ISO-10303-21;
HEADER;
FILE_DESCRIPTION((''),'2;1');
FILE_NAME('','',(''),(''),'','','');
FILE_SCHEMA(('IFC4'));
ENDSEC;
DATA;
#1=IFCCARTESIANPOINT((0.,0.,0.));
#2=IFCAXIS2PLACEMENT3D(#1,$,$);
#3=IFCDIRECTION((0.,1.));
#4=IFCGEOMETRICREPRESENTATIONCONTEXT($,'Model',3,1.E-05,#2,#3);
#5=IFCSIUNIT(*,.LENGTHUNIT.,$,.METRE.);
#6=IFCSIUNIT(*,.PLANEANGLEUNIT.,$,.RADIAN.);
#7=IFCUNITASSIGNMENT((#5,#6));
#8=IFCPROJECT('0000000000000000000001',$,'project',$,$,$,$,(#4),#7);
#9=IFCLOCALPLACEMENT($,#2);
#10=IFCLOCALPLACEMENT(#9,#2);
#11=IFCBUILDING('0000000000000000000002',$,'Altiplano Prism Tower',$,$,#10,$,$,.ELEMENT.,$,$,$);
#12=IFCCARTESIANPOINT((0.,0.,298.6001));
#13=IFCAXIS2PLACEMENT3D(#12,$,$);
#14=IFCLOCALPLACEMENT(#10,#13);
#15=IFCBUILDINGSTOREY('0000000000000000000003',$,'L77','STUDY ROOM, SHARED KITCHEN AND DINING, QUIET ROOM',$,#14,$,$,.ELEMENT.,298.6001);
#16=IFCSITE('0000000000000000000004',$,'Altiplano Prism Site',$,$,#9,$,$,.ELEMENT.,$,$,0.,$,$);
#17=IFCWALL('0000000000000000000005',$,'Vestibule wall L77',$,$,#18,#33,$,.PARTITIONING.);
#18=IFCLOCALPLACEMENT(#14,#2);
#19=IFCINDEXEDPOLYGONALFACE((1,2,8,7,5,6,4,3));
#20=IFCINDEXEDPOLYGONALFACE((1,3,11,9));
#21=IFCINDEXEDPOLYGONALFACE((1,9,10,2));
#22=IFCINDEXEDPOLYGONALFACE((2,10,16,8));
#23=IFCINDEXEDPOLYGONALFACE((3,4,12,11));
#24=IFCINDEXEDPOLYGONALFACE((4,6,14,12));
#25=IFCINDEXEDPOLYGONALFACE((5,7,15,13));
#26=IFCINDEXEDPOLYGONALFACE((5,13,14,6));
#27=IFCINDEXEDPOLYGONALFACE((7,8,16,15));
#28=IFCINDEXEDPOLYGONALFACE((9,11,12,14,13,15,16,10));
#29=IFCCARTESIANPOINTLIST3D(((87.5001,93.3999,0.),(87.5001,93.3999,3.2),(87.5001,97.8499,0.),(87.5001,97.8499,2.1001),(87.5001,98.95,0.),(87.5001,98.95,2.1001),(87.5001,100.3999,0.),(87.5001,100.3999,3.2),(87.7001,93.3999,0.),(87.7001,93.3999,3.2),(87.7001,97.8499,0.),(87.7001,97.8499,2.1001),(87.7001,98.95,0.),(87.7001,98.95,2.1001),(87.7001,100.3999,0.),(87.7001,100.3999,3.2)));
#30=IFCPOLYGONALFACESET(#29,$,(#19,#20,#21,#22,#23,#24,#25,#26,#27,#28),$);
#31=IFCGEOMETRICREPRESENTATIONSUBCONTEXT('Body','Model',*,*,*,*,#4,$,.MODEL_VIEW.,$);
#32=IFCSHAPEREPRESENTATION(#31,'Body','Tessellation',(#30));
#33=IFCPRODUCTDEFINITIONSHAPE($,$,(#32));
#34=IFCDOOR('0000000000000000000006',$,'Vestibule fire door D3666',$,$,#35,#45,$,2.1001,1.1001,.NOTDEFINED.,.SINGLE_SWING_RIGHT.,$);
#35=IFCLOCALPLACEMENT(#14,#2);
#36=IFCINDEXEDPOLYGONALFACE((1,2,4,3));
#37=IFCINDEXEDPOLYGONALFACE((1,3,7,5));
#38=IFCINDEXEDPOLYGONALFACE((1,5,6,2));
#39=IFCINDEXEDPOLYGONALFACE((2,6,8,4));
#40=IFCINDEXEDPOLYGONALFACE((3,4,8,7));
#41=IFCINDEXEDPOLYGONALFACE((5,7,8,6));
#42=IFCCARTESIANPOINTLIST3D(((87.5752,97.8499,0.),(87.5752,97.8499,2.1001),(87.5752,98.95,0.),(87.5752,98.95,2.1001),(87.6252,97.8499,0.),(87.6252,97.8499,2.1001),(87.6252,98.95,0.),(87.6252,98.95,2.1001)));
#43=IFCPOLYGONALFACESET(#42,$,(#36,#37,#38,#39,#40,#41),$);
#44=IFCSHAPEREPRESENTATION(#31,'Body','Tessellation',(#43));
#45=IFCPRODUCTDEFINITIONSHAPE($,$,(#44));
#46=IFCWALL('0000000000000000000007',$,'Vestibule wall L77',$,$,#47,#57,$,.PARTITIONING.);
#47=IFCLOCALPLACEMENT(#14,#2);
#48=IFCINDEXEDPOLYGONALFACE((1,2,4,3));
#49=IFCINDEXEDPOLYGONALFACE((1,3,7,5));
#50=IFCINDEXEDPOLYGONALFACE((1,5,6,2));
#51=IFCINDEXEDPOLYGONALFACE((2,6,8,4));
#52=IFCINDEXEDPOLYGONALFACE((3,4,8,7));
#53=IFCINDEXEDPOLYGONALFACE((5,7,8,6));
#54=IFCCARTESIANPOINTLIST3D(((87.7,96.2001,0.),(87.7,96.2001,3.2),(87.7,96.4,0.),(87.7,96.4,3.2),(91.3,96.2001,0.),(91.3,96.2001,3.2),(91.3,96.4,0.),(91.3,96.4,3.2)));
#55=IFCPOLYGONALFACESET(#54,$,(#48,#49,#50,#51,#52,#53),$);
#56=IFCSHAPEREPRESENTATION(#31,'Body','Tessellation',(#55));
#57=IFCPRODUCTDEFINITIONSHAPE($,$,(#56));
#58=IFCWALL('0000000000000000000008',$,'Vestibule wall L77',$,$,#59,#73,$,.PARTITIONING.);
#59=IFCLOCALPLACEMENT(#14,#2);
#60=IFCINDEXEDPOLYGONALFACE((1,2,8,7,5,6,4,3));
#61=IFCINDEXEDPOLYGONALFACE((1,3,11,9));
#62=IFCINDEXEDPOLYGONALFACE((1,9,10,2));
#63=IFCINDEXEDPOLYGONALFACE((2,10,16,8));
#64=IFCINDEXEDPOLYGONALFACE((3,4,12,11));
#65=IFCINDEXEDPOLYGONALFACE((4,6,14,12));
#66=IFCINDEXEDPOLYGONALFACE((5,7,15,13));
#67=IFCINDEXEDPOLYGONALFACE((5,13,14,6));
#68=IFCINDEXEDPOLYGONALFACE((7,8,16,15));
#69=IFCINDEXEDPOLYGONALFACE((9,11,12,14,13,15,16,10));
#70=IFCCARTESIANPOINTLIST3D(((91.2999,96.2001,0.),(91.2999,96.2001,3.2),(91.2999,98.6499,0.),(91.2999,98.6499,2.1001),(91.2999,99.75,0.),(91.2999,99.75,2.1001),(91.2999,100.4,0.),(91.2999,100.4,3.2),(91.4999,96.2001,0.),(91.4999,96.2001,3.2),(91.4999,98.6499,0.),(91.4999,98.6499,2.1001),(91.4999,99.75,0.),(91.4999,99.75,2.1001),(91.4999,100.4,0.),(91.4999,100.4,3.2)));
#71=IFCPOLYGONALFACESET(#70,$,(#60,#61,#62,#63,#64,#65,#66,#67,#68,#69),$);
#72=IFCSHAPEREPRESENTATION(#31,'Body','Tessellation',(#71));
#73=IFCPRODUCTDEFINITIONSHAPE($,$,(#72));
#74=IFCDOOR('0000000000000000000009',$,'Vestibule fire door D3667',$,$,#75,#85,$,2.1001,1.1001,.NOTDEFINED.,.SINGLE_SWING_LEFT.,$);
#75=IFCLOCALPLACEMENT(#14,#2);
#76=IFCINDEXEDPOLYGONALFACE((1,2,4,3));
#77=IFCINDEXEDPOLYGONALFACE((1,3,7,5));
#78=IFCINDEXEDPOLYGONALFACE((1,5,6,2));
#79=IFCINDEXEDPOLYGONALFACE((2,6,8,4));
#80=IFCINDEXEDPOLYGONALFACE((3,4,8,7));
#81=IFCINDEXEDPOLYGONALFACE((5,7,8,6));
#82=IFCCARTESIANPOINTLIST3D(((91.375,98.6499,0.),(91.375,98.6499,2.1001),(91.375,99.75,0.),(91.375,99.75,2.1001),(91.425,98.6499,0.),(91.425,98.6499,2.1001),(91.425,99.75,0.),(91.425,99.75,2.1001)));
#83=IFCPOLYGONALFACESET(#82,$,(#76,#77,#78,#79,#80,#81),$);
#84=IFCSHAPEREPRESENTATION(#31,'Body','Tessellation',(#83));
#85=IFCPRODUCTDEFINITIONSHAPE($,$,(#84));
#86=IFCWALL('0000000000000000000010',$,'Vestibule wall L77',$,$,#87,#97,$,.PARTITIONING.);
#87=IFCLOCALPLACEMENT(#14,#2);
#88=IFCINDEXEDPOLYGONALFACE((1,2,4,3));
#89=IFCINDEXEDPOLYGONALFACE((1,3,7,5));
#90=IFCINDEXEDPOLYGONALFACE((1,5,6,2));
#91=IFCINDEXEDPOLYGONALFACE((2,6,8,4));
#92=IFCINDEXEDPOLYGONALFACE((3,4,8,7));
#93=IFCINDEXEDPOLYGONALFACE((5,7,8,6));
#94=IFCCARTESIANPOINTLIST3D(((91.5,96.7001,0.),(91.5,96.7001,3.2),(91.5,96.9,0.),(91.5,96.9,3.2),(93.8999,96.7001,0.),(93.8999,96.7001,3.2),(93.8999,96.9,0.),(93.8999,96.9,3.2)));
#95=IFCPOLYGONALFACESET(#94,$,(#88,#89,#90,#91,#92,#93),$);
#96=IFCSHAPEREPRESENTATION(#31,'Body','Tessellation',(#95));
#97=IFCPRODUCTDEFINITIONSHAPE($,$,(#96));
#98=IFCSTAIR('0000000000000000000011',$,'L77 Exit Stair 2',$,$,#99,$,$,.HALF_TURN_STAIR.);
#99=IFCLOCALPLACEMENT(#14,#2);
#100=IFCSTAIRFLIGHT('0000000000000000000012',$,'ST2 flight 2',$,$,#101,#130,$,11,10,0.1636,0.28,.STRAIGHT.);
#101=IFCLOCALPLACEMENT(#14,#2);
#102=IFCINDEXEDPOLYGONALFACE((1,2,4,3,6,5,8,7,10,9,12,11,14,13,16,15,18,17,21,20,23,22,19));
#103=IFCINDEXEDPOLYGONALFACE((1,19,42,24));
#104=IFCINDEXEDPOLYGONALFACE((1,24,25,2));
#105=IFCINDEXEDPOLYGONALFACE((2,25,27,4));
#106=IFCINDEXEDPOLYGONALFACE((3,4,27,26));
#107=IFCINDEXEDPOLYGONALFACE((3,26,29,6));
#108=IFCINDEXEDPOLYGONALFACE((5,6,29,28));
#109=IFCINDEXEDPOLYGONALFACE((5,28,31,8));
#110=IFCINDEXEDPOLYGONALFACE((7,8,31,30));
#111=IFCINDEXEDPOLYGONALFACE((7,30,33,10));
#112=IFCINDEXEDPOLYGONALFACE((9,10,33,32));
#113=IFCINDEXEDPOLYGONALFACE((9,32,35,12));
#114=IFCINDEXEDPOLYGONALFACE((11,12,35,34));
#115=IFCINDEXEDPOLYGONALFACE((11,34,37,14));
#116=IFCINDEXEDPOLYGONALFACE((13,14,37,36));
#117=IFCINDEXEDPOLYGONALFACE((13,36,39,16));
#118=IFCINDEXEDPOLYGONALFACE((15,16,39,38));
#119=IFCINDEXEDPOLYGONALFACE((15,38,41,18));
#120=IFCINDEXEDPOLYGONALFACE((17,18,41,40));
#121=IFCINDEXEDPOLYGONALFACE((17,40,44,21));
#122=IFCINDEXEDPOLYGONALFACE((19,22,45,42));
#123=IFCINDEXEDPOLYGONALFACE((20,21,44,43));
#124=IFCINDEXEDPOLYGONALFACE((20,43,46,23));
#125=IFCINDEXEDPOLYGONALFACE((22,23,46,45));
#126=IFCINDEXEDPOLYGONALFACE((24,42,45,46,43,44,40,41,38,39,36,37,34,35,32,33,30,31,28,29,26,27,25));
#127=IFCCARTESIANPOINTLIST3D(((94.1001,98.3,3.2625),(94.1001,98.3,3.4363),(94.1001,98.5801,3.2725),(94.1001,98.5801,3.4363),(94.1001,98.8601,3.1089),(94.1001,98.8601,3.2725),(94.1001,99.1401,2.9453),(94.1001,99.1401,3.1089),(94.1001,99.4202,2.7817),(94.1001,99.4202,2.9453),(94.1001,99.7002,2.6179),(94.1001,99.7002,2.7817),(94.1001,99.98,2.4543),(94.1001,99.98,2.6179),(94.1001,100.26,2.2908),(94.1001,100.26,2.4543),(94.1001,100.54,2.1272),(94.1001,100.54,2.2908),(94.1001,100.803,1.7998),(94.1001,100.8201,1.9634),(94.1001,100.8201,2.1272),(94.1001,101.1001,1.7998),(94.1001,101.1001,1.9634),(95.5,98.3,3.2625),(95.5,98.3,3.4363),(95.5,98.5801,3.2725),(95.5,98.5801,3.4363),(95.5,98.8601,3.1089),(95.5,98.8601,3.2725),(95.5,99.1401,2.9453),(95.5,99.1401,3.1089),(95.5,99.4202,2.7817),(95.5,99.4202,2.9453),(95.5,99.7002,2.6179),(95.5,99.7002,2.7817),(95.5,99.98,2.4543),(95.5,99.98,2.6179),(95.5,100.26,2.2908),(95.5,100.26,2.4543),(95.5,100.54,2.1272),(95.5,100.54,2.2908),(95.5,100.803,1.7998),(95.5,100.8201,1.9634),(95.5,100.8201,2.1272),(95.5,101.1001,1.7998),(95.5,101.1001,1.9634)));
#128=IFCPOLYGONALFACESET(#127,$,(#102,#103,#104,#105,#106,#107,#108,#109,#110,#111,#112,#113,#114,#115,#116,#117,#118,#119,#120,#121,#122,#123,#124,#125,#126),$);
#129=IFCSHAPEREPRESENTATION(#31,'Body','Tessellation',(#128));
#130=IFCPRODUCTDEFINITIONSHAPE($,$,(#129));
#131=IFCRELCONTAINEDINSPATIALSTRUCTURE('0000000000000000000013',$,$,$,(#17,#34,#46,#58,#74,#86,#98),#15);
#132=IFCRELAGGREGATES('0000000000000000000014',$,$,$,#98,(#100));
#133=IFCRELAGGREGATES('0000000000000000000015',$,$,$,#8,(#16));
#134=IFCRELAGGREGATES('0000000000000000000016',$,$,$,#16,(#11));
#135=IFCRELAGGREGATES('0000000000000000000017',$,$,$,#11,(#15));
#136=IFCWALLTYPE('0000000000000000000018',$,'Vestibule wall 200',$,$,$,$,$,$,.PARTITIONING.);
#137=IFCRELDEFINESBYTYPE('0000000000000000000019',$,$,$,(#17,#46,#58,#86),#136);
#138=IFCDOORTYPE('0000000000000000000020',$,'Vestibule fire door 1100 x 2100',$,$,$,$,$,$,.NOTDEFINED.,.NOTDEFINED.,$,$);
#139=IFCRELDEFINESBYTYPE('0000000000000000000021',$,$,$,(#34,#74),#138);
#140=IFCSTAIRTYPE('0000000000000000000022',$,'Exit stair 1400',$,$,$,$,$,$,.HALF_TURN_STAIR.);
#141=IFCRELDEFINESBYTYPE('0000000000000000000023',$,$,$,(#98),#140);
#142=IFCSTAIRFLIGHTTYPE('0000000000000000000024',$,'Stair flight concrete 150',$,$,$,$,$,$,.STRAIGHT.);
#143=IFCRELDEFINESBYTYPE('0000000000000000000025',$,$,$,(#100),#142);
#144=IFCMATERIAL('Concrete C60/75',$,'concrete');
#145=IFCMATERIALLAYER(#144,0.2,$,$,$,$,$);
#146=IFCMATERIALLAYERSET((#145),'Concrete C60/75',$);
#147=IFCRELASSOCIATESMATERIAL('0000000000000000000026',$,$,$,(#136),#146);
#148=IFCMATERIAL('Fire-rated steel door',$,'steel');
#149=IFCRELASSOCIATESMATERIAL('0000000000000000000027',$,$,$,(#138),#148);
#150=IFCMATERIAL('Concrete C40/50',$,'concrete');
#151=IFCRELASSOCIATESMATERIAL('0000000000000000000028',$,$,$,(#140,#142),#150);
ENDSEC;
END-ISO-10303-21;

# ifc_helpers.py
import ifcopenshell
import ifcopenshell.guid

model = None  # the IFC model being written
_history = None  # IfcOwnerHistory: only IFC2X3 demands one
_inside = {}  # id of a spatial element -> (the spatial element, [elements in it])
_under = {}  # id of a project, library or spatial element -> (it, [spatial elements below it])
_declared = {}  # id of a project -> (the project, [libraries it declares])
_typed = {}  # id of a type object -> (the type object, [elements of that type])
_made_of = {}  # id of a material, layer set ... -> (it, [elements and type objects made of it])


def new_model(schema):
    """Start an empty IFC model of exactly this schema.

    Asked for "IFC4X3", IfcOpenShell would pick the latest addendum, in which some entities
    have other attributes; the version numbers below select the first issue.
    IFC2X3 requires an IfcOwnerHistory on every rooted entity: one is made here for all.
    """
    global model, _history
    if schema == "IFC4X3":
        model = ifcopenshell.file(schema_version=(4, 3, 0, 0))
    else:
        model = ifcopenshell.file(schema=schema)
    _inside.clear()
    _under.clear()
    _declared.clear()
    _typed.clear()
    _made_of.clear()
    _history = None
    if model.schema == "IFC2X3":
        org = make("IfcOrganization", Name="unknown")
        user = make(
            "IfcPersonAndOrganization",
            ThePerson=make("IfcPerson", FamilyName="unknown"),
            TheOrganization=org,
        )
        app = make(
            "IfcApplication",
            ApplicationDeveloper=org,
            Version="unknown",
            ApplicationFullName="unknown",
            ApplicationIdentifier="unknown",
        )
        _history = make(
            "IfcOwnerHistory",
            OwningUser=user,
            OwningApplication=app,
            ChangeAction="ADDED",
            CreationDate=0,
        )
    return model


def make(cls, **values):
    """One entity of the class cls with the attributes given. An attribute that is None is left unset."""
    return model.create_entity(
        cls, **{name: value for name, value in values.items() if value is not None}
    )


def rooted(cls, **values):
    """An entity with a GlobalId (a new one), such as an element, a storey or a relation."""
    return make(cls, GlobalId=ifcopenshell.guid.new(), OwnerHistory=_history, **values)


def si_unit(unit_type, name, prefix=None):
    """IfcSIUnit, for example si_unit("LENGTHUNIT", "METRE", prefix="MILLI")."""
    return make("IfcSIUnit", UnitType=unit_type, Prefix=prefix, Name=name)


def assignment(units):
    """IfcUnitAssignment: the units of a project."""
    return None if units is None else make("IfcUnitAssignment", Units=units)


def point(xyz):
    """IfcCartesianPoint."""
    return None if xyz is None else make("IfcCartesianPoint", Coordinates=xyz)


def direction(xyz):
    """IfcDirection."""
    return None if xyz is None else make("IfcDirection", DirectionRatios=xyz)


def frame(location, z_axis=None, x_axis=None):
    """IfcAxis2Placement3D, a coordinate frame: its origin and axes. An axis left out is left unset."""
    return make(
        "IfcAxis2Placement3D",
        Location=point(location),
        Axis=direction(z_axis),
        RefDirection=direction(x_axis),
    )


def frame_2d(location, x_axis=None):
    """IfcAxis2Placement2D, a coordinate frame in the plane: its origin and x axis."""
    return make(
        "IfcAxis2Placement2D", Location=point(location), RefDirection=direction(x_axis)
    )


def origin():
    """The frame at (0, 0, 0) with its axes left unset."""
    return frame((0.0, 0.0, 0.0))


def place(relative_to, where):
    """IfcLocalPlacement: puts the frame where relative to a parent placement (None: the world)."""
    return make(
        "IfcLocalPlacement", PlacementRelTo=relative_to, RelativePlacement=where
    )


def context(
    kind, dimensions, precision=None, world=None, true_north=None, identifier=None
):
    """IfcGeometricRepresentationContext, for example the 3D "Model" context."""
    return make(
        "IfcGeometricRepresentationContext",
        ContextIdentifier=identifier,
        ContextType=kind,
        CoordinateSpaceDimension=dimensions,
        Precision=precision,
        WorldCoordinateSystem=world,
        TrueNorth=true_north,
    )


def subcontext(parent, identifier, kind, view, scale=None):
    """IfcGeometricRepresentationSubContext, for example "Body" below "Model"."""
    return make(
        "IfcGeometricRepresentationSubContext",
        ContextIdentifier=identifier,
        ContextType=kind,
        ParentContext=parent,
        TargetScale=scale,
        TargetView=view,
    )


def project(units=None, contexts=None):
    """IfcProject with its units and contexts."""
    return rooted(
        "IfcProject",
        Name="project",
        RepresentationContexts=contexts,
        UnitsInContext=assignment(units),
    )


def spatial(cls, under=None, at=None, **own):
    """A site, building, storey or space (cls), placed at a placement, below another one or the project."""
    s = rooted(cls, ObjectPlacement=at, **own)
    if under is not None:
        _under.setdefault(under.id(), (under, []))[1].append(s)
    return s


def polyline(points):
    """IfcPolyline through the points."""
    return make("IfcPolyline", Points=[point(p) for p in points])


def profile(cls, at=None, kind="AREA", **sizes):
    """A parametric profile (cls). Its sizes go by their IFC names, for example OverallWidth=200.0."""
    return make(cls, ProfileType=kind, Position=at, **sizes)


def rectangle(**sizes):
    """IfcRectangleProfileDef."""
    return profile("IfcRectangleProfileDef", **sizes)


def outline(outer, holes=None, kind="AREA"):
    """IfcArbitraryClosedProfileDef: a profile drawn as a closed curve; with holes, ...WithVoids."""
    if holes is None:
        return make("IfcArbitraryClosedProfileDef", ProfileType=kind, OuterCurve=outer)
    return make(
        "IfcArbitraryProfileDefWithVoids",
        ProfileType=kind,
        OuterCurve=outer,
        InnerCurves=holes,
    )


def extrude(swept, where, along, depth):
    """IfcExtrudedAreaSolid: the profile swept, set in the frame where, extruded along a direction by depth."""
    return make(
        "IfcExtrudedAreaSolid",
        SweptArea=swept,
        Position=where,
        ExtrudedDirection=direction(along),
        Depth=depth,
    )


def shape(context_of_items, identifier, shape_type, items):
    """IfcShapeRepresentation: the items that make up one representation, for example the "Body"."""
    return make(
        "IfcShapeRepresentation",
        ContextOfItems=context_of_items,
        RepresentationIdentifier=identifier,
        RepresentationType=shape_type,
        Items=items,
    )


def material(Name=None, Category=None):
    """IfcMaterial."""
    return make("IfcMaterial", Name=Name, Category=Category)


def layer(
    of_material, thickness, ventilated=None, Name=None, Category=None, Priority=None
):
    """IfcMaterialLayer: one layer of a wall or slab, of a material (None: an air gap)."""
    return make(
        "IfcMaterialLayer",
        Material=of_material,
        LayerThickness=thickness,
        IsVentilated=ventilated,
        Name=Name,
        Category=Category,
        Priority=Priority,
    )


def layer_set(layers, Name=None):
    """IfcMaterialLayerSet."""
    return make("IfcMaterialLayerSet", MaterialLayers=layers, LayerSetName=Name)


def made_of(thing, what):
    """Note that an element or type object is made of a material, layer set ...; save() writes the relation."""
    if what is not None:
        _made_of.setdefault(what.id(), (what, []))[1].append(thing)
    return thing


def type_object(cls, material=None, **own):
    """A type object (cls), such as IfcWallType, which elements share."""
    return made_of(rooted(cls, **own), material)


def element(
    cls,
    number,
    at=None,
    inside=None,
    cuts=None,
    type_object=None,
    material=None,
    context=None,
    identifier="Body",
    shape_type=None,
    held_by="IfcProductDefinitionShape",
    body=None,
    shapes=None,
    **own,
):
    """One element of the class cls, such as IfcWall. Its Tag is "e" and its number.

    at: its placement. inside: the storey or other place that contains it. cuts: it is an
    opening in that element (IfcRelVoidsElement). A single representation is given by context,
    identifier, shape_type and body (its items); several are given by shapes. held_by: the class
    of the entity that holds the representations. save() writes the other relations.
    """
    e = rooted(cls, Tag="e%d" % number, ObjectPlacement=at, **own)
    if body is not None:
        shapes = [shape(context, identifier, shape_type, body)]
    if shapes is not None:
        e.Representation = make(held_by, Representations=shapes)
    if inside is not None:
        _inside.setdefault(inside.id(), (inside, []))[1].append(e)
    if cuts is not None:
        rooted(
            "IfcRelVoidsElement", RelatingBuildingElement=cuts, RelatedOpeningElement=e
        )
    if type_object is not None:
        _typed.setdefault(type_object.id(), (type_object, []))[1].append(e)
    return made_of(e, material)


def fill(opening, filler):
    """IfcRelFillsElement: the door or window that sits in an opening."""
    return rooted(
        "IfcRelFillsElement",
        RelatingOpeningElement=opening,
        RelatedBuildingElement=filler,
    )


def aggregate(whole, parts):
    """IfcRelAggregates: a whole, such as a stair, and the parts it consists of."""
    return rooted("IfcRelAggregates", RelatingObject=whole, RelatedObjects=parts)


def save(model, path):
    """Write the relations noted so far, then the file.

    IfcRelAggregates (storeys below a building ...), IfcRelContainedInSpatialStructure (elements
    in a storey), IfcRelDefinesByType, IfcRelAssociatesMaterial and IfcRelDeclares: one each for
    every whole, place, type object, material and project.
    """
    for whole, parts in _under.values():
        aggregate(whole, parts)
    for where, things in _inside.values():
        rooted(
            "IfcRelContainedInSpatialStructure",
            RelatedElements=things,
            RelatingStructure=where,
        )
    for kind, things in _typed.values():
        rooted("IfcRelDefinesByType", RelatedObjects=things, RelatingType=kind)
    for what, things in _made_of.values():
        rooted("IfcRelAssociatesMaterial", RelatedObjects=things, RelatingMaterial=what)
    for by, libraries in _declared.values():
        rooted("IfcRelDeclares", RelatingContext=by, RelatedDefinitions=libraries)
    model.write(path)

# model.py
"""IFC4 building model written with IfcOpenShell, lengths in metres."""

from ifc_helpers import new_model, si_unit, direction, frame, frame_2d, origin, place, context, subcontext, project, spatial, polyline, rectangle, outline, extrude, material, layer, layer_set, type_object, element, fill, aggregate, save


model = new_model("IFC4")

# Units and contexts
model_context = context("Model", 3, precision=1e-05, world=origin(), true_north=direction((0.0, 1.0)))
body_context = subcontext(model_context, "Body", "Model", "MODEL_VIEW")
ifc_project = project(units=[si_unit("LENGTHUNIT", "METRE"), si_unit("PLANEANGLEUNIT", "RADIAN")], contexts=[model_context])

# Site, building, storey
site_placement = place(None, origin())
site = spatial("IfcSite", under=ifc_project, at=site_placement, Name="Altiplano Prism Site", CompositionType="ELEMENT", RefElevation=0.0)
building_placement = place(site_placement, origin())
building = spatial("IfcBuilding", under=site, at=building_placement, Name="Altiplano Prism Tower", CompositionType="ELEMENT")
storey_placement = place(building_placement, frame((0.0, 0.0, 298.6001)))
storey = spatial("IfcBuildingStorey", under=building, at=storey_placement, Name="L77", Description="STUDY ROOM, SHARED KITCHEN AND DINING, QUIET ROOM", CompositionType="ELEMENT", Elevation=298.6001)

# Shared definitions
ifc_material_1 = material(Name="Concrete C60/75", Category="concrete")

# Shared definitions
ifc_material_2 = material(Name="Fire-rated steel door", Category="steel")

# Shared definitions
ifc_layer_1 = layer(ifc_material_1, 0.2)
ifc_layer_set_1 = layer_set([ifc_layer_1], Name="Concrete C60/75")
wall_type_1 = type_object("IfcWallType", Name="Vestibule wall 200", PredefinedType="PARTITIONING", material=ifc_layer_set_1)

# Wall, opening, door
wall_1_placement = place(storey_placement, frame((87.6001, 93.3999, 0.0), z_axis=(0.0, 0.0, 1.0), x_axis=(0.0, 1.0, 0.0)))
wall_1 = element("IfcWall", 1, at=wall_1_placement, inside=storey, type_object=wall_type_1, Name="Vestibule wall L77", PredefinedType="PARTITIONING", context=body_context, shape_type="SweptSolid", body=[
    extrude(rectangle(XDim=7.0, YDim=0.2, at=frame_2d((3.5, 0.0))), origin(), (0.0, 0.0, 1.0), 3.2),
])
opening_1_placement = place(wall_1_placement, frame((4.45, 0.0, 0.0)))
opening_1 = element("IfcOpeningElement", 2, at=opening_1_placement, cuts=wall_1, PredefinedType="OPENING", context=body_context, shape_type="SweptSolid", body=[
    extrude(rectangle(XDim=1.1001, YDim=2.1001, at=frame_2d((0.55, 1.05))), frame((0.0, 0.1104, 0.0), z_axis=(0.0, -1.0, 0.0), x_axis=(1.0, 0.0, 0.0)), (0.0, 0.0, 1.0), 0.2209),
])
door_type_1 = type_object("IfcDoorType", Name="Vestibule fire door 1100 x 2100", OperationType="NOTDEFINED", PredefinedType="NOTDEFINED", material=ifc_material_2)
door_1_placement = place(opening_1_placement, origin())
door_1 = element("IfcDoor", 3, at=door_1_placement, inside=storey, type_object=door_type_1, Name="Vestibule fire door D3666", OperationType="SINGLE_SWING_RIGHT", OverallHeight=2.1001, OverallWidth=1.1001, PredefinedType="NOTDEFINED", context=body_context, shape_type="SweptSolid", body=[
    extrude(rectangle(XDim=1.1001, YDim=2.1001, at=frame_2d((0.55, 1.05))), frame((0.0, 0.0249, 0.0), z_axis=(0.0, -1.0, 0.0), x_axis=(1.0, 0.0, 0.0)), (0.0, 0.0, 1.0), 0.05),
])
fill(opening_1, door_1)

# Wall
wall_2_placement = place(storey_placement, frame((87.7, 96.3, 0.0), z_axis=(0.0, 0.0, 1.0), x_axis=(1.0, 0.0, 0.0)))
element("IfcWall", 4, at=wall_2_placement, inside=storey, type_object=wall_type_1, Name="Vestibule wall L77", PredefinedType="PARTITIONING", context=body_context, shape_type="SweptSolid", body=[
    extrude(rectangle(XDim=3.6001, YDim=0.2, at=frame_2d((1.8, 0.0))), origin(), (0.0, 0.0, 1.0), 3.2),
])

# Wall, opening, door
wall_3_placement = place(storey_placement, frame((91.3999, 96.2, 0.0), z_axis=(0.0, 0.0, 1.0), x_axis=(0.0, 1.0, 0.0)))
wall_3 = element("IfcWall", 5, at=wall_3_placement, inside=storey, type_object=wall_type_1, Name="Vestibule wall L77", PredefinedType="PARTITIONING", context=body_context, shape_type="SweptSolid", body=[
    extrude(rectangle(XDim=4.2, YDim=0.2, at=frame_2d((2.1001, 0.0))), origin(), (0.0, 0.0, 1.0), 3.2),
])
opening_2_placement = place(wall_3_placement, frame((2.45, 0.0, 0.0)))
opening_2 = element("IfcOpeningElement", 6, at=opening_2_placement, cuts=wall_3, PredefinedType="OPENING", context=body_context, shape_type="SweptSolid", body=[
    extrude(rectangle(XDim=1.1001, YDim=2.1001, at=frame_2d((0.55, 1.05))), frame((0.0, 0.1104, 0.0), z_axis=(0.0, -1.0, 0.0), x_axis=(1.0, 0.0, 0.0)), (0.0, 0.0, 1.0), 0.2209),
])
door_2_placement = place(opening_2_placement, origin())
door_2 = element("IfcDoor", 7, at=door_2_placement, inside=storey, type_object=door_type_1, Name="Vestibule fire door D3667", OperationType="SINGLE_SWING_LEFT", OverallHeight=2.1001, OverallWidth=1.1001, PredefinedType="NOTDEFINED", context=body_context, shape_type="SweptSolid", body=[
    extrude(rectangle(XDim=1.1001, YDim=2.1001, at=frame_2d((0.55, 1.05))), frame((0.0, 0.0249, 0.0), z_axis=(0.0, -1.0, 0.0), x_axis=(1.0, 0.0, 0.0)), (0.0, 0.0, 1.0), 0.05),
])
fill(opening_2, door_2)

# Wall
wall_4_placement = place(storey_placement, frame((91.5, 96.8, 0.0), z_axis=(0.0, 0.0, 1.0), x_axis=(1.0, 0.0, 0.0)))
element("IfcWall", 8, at=wall_4_placement, inside=storey, type_object=wall_type_1, Name="Vestibule wall L77", PredefinedType="PARTITIONING", context=body_context, shape_type="SweptSolid", body=[
    extrude(rectangle(XDim=2.3999, YDim=0.2, at=frame_2d((1.2, 0.0))), origin(), (0.0, 0.0, 1.0), 3.2),
])

# Stair, stair flight
ifc_material_3 = material(Name="Concrete C40/50", Category="concrete")
stair_type = type_object("IfcStairType", Name="Exit stair 1400", PredefinedType="HALF_TURN_STAIR", material=ifc_material_3)
stair_placement = place(storey_placement, origin())
stair = element("IfcStair", 9, at=stair_placement, inside=storey, type_object=stair_type, Name="L77 Exit Stair 2", PredefinedType="HALF_TURN_STAIR")
stair_flight_type = type_object("IfcStairFlightType", Name="Stair flight concrete 150", PredefinedType="STRAIGHT", material=ifc_material_3)
stair_flight_placement = place(storey_placement, frame((94.8, 101.1001, 1.7998), z_axis=(0.0, 0.0, 1.0), x_axis=(0.0, -1.0, 0.0)))
stair_flight = element("IfcStairFlight", 10, at=stair_flight_placement, type_object=stair_flight_type, Name="ST2 flight 2", NumberOfRisers=11, NumberOfTreads=10, PredefinedType="STRAIGHT", RiserHeight=0.1636, TreadLength=0.28, context=body_context, shape_type="SweptSolid", body=[
    extrude(outline(polyline([(0.0, 0.0), (0.0, 0.1636), (0.28, 0.1636), (0.28, 0.3274), (0.5601, 0.3274), (0.5601, 0.491), (0.8401, 0.491), (0.8401, 0.6545), (1.1201, 0.6545), (1.1201, 0.8181), (1.3999, 0.8181), (1.3999, 0.9819), (1.6799, 0.9819), (1.6799, 1.1455), (1.96, 1.1455), (1.96, 1.3091), (2.24, 1.3091), (2.24, 1.4727), (2.52, 1.4727), (2.52, 1.6365), (2.8, 1.6365), (2.8, 1.8), (2.8, 1.4626), (0.2971, 0.0), (0.0, 0.0)])), frame((0.0, 0.7, 0.0), z_axis=(0.0, -1.0, 0.0), x_axis=(1.0, 0.0, 0.0)), (0.0, 0.0, 1.0), 1.3999),
])
aggregate(stair, [stair_flight])

save(model, "model.ifc")
